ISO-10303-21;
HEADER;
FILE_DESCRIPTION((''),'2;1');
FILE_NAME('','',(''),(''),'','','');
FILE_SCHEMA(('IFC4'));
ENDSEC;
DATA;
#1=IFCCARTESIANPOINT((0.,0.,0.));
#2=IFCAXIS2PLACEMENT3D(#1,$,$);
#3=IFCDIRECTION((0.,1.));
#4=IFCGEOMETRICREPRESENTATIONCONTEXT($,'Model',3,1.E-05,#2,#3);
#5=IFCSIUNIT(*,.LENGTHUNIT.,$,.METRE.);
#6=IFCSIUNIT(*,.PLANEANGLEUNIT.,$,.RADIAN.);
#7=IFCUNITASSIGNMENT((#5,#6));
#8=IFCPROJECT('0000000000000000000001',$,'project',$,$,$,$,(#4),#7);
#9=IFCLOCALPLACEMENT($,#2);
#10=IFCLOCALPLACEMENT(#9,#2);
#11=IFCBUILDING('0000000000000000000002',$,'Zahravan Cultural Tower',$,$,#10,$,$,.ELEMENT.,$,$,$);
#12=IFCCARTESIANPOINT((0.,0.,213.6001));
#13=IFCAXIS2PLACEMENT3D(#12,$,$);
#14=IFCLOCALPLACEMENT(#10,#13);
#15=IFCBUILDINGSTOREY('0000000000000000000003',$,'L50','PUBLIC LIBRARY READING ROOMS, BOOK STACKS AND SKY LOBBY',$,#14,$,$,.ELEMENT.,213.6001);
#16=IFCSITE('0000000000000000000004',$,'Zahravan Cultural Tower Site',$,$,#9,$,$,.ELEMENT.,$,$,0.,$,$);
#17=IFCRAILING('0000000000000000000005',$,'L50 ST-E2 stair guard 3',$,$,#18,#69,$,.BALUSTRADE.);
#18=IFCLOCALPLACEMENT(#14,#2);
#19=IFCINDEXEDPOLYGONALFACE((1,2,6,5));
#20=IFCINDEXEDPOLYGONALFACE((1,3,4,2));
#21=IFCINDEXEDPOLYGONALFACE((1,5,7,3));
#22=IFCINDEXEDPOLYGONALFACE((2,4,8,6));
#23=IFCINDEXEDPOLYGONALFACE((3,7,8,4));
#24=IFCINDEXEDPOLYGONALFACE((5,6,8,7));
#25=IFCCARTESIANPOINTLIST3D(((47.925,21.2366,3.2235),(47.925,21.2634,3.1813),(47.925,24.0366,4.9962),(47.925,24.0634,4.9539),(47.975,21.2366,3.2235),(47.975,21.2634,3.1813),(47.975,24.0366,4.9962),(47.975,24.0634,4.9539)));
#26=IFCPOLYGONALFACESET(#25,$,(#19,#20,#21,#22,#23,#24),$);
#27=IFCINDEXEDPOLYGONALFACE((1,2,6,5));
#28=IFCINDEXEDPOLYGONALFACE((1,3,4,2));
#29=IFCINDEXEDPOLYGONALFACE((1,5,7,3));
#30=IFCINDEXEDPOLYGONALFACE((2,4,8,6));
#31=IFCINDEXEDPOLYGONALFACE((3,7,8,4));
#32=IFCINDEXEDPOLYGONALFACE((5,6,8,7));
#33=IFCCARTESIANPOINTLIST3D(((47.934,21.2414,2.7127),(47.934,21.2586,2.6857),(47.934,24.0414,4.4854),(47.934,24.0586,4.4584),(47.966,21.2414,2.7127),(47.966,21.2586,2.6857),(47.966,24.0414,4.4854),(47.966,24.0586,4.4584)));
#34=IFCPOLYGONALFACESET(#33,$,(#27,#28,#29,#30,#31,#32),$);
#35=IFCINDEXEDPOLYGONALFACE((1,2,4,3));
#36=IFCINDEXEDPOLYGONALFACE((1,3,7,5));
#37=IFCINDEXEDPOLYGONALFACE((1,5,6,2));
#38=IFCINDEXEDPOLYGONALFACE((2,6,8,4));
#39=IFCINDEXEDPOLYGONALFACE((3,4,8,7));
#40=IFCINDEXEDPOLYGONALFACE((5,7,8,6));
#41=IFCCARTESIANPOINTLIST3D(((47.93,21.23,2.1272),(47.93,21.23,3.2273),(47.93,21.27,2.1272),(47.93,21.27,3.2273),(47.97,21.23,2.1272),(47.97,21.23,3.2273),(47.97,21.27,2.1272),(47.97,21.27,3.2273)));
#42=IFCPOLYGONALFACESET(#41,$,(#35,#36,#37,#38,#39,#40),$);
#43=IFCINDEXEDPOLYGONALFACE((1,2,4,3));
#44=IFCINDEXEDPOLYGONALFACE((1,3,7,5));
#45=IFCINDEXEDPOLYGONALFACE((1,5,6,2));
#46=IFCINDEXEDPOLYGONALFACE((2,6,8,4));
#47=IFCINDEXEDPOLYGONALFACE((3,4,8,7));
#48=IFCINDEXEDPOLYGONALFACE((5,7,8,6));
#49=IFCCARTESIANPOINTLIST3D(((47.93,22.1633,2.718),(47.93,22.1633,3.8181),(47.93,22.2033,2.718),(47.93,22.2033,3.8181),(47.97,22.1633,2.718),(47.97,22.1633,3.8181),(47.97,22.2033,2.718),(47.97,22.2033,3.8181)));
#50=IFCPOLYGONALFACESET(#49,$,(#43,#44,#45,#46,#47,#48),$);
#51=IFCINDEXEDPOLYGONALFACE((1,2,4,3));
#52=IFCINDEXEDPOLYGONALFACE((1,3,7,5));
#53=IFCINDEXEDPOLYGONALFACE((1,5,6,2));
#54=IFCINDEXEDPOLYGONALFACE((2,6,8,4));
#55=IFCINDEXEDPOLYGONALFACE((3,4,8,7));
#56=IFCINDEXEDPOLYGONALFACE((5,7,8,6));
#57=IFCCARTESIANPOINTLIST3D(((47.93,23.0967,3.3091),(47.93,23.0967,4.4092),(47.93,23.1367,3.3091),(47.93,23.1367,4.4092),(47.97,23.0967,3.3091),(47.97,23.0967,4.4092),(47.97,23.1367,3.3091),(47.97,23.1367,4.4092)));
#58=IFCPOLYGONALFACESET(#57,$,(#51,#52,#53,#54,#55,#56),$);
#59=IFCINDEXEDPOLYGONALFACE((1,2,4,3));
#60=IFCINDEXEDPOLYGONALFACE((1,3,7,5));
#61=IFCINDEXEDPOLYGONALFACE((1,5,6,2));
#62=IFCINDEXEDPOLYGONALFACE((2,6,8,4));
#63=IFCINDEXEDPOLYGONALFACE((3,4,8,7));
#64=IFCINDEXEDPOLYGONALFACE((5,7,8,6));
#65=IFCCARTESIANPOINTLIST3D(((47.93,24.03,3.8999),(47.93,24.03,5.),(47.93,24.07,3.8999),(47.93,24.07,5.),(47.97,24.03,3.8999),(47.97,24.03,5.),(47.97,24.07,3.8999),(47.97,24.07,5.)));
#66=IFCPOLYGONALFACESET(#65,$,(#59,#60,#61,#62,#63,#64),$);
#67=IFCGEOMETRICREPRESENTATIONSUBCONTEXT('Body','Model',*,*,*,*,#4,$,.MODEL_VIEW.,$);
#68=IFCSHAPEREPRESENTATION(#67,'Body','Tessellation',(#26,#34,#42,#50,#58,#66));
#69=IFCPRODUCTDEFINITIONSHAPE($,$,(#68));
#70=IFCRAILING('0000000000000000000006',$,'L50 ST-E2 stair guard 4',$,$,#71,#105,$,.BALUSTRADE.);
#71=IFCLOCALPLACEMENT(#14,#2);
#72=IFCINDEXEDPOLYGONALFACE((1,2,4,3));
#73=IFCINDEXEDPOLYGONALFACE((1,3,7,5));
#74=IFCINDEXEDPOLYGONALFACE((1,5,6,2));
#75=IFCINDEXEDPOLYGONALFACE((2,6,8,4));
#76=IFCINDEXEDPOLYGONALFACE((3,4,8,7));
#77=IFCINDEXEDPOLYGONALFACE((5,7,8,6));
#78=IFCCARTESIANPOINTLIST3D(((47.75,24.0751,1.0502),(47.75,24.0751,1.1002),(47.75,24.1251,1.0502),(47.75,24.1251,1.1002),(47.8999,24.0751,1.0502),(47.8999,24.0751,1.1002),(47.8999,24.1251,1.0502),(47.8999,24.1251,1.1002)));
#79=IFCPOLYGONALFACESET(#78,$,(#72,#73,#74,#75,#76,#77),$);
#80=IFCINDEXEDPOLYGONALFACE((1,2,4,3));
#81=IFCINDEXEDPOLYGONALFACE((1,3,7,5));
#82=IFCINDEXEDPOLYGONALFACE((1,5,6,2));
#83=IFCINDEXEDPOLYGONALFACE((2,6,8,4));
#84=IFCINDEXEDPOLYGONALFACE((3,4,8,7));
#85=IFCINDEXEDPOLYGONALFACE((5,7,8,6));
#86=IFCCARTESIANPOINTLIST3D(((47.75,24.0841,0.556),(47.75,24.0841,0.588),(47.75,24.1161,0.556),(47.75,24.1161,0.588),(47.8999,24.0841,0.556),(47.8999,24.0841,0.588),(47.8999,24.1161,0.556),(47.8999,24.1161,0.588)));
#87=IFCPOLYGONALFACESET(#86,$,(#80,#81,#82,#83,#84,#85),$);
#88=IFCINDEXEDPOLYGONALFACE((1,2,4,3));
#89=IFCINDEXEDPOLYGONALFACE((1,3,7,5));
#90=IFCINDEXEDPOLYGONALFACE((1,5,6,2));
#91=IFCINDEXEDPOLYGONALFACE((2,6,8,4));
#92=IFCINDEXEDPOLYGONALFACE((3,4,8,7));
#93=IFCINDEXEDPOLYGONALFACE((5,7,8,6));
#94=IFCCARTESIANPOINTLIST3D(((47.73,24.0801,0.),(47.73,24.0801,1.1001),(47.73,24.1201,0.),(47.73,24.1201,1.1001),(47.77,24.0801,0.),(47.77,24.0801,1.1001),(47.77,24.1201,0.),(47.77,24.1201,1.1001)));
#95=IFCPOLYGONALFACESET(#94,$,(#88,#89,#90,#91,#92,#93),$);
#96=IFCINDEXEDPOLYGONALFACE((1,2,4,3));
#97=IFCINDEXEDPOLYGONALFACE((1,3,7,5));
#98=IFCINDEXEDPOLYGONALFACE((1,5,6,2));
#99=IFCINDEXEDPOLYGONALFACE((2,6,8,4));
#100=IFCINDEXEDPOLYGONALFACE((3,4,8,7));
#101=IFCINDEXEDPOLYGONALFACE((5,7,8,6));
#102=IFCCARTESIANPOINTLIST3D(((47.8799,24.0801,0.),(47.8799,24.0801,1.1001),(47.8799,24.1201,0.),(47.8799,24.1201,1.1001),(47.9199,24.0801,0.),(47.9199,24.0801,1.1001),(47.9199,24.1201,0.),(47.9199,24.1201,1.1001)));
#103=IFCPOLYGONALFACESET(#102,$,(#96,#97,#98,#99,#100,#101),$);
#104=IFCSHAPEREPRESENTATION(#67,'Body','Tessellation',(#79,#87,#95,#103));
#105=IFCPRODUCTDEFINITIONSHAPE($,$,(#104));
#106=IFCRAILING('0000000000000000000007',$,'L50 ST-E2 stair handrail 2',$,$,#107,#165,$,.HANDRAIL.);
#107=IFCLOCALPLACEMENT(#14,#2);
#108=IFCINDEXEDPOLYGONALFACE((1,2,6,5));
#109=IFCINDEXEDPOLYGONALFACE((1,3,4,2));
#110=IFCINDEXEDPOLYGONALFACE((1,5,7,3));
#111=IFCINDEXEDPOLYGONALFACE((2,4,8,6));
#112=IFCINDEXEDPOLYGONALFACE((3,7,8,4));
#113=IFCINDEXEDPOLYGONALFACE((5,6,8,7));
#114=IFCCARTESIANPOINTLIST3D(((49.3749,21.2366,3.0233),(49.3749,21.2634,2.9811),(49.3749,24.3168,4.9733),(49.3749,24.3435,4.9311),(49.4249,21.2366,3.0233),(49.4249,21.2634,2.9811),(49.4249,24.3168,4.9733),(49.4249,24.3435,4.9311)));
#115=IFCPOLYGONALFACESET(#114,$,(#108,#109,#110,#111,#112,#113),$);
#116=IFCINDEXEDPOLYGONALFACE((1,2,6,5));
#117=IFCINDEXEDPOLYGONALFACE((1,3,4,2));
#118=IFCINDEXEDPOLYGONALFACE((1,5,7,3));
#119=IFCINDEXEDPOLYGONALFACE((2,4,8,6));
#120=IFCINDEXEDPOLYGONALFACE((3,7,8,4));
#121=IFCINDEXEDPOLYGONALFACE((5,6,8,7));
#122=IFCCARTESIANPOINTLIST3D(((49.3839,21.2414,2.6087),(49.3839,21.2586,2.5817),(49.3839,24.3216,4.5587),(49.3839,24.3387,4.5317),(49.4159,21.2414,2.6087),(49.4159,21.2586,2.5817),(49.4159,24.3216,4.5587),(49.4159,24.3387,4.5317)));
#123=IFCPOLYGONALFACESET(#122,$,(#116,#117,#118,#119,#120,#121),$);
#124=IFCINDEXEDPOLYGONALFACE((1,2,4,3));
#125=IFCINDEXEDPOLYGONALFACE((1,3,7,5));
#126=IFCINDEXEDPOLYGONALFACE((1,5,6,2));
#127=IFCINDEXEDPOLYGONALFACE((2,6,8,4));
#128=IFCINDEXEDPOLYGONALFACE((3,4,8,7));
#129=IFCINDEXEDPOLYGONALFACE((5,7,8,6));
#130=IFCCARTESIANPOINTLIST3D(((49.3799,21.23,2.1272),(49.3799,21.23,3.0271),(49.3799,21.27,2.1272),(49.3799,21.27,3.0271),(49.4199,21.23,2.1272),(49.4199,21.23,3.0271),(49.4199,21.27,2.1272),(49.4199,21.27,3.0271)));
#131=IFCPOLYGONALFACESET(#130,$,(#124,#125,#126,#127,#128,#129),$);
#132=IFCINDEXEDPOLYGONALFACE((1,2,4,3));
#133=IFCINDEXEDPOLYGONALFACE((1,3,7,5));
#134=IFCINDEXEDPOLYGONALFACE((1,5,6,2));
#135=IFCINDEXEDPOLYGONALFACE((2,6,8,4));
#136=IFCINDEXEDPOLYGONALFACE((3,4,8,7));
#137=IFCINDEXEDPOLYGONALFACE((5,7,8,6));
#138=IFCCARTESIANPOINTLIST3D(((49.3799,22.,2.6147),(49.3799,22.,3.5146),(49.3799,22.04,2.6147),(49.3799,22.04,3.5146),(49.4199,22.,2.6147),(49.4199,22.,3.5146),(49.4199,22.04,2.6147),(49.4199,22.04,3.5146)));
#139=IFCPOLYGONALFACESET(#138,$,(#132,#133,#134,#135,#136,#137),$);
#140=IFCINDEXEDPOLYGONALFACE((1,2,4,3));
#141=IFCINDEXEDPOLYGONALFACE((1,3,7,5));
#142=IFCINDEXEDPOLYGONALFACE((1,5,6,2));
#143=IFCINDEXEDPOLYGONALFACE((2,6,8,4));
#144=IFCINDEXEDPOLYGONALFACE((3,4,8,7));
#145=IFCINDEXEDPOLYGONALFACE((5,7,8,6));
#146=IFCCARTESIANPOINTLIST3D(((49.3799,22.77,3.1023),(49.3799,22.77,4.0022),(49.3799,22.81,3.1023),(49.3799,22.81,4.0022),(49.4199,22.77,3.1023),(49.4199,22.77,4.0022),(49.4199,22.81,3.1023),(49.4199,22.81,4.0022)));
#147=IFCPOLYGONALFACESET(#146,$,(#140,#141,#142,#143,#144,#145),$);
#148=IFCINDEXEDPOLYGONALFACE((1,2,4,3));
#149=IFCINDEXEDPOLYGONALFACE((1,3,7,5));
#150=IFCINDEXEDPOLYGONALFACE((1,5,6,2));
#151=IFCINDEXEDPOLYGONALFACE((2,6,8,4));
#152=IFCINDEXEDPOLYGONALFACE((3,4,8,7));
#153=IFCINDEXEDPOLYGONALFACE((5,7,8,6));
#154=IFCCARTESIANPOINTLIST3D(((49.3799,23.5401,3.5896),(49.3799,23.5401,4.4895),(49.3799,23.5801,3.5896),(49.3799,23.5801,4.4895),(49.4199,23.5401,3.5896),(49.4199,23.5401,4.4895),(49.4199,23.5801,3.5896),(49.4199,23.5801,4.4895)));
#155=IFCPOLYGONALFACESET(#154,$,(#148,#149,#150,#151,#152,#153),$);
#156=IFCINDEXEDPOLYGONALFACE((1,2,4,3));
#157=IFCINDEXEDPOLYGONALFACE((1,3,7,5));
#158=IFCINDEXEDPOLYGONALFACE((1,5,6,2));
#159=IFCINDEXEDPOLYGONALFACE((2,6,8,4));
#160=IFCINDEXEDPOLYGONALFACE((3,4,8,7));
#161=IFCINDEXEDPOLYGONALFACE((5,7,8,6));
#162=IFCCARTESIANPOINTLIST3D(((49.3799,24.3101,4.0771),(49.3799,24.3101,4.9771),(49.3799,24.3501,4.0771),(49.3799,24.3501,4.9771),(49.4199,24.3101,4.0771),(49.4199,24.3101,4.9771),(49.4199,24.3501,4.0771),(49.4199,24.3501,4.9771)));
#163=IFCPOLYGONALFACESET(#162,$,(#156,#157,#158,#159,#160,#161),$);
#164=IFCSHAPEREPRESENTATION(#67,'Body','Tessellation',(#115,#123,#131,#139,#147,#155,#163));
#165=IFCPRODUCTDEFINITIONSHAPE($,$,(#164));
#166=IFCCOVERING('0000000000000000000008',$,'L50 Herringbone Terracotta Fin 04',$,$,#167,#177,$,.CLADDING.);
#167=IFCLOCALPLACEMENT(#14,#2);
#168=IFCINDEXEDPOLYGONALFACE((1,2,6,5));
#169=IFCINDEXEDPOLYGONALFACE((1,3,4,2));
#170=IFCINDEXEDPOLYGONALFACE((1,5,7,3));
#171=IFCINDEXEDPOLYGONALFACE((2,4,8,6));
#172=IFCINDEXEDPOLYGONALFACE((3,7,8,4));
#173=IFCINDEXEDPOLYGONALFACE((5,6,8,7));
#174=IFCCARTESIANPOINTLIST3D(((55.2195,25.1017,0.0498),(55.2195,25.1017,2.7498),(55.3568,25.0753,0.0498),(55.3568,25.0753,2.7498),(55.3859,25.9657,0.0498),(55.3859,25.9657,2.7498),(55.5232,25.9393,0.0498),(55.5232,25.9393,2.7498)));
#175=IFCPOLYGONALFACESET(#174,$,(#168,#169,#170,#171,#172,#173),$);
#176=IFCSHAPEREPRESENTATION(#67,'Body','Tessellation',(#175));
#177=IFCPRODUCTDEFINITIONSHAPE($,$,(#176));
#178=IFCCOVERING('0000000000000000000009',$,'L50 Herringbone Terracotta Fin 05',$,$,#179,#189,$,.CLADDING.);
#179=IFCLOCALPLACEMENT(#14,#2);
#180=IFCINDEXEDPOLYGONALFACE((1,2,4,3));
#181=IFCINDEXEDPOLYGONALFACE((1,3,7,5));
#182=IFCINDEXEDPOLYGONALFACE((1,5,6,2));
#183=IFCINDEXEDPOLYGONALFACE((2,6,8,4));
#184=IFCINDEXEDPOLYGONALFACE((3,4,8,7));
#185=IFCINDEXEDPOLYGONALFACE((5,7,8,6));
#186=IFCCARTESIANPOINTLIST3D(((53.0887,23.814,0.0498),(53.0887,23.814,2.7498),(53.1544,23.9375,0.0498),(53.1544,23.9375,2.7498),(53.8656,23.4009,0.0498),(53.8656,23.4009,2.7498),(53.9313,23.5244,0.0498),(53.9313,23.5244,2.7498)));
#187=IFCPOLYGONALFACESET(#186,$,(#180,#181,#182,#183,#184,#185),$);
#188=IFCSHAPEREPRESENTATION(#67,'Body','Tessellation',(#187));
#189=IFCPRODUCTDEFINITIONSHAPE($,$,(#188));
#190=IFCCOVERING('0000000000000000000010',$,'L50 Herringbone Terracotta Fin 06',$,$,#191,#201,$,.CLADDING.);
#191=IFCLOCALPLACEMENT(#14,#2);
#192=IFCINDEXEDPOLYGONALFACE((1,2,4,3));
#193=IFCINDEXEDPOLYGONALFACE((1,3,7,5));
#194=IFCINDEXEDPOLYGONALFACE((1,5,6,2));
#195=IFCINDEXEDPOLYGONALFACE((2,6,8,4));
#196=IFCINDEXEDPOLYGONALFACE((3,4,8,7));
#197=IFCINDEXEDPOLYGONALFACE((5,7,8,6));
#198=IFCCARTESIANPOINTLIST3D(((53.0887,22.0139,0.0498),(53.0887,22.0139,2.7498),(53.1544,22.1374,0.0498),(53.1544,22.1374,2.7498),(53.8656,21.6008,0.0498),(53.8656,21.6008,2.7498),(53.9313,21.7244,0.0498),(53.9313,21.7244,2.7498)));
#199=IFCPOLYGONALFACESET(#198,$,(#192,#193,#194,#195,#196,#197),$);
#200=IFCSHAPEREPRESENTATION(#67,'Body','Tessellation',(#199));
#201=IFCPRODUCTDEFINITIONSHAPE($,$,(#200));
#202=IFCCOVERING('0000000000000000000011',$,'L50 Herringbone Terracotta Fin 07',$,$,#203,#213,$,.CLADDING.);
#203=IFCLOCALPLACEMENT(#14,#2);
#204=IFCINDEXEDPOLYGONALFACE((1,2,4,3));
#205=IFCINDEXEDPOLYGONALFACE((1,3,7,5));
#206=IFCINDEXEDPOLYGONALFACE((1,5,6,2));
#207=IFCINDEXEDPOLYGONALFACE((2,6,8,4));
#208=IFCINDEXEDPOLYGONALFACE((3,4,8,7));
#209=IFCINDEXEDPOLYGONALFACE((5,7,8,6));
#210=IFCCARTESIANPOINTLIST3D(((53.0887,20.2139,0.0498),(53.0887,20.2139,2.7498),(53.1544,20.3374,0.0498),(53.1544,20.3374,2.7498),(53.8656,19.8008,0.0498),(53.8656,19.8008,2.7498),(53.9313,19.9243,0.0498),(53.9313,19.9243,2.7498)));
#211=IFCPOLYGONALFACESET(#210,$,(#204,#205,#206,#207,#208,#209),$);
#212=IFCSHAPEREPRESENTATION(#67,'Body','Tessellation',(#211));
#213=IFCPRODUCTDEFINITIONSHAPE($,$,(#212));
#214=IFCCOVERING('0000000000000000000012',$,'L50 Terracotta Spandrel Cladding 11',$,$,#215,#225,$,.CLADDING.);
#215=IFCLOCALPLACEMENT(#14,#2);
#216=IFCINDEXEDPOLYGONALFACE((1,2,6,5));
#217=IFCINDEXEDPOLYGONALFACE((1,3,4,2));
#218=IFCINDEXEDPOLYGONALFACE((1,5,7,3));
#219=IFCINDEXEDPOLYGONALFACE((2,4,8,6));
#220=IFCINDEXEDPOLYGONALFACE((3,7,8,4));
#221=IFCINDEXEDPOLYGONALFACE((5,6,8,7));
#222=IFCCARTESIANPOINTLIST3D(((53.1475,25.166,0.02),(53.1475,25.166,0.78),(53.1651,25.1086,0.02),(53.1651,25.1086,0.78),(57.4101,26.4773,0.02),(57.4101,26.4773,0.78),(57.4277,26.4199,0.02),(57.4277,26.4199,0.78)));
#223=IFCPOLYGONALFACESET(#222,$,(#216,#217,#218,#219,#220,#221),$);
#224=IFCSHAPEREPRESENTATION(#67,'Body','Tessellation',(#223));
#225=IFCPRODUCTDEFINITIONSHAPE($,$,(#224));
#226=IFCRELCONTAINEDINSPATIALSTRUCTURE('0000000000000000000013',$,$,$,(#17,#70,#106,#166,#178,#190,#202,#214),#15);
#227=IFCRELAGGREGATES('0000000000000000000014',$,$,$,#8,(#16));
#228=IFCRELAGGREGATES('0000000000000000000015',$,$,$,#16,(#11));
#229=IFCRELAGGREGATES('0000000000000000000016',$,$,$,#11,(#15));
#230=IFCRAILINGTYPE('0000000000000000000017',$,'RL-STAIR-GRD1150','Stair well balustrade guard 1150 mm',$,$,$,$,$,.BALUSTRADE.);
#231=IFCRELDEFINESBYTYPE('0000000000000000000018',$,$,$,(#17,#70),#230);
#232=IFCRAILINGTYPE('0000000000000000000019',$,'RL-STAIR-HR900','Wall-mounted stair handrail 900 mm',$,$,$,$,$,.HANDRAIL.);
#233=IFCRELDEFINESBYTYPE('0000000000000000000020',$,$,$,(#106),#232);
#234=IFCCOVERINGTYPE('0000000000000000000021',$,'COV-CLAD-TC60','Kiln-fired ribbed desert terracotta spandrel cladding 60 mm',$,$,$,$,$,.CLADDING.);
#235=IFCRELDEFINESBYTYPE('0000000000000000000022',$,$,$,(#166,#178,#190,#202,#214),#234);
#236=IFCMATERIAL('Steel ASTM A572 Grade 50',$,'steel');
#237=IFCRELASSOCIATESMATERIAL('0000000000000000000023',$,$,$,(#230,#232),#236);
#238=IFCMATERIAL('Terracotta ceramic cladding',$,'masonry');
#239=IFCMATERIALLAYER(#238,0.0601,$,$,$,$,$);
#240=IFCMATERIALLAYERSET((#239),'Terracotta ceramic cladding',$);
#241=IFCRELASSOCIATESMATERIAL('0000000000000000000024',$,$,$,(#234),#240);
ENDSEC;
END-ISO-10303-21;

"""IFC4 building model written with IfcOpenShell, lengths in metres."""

from ifc_helpers import new_model, si_unit, direction, frame, origin, origin_2d, place, context, subcontext, project, spatial, rectangle, extrude, source, transform, mapped, material, layer, layer_set, type_object, element, save


model = new_model("IFC4")

# Units and contexts
model_context = context("Model", 3, precision=1e-05, world=origin(), true_north=direction((0.0, 1.0)))
body_context = subcontext(model_context, "Body", "Model", "MODEL_VIEW")
ifc_project = project(units=[si_unit("LENGTHUNIT", "METRE"), si_unit("PLANEANGLEUNIT", "RADIAN")], contexts=[model_context])

# Site, building, storey
site_placement = place(None, origin())
site = spatial("IfcSite", under=ifc_project, at=site_placement, Name="Zahravan Cultural Tower Site", CompositionType="ELEMENT", RefElevation=0.0)
building_placement = place(site_placement, origin())
building = spatial("IfcBuilding", under=site, at=building_placement, Name="Zahravan Cultural Tower", CompositionType="ELEMENT")
storey_placement = place(building_placement, frame((0.0, 0.0, 213.6001)))
storey = spatial("IfcBuildingStorey", under=building, at=storey_placement, Name="L50", Description="PUBLIC LIBRARY READING ROOMS, BOOK STACKS AND SKY LOBBY", CompositionType="ELEMENT", Elevation=213.6001)

# Railings
ifc_material_1 = material(Name="Steel ASTM A572 Grade 50", Category="steel")
railing_type_1 = type_object("IfcRailingType", Name="RL-STAIR-GRD1150", Description="Stair well balustrade guard 1150 mm", PredefinedType="BALUSTRADE", material=ifc_material_1)
railing_1_placement = place(storey_placement, frame((47.95, 21.25, 2.1272)))
element("IfcRailing", 1, at=railing_1_placement, inside=storey, type_object=railing_type_1, Name="L50 ST-E2 stair guard 3", PredefinedType="BALUSTRADE", context=body_context, shape_type="SweptSolid", body=[
    extrude(rectangle(XDim=0.05, YDim=0.05, at=origin_2d()), frame((0.0, 0.0, 1.0752), z_axis=(0.0, 0.844909, 0.53491), x_axis=(-1.0, 0.0, 0.0)), (0.0, 0.0, 1.0), 3.314),
    extrude(rectangle(XDim=0.032, YDim=0.032, at=origin_2d()), frame((0.0, 0.0, 0.572), z_axis=(0.0, 0.844909, 0.53491), x_axis=(-1.0, 0.0, 0.0)), (0.0, 0.0, 1.0), 3.314),
    extrude(rectangle(XDim=0.04, YDim=0.04, at=origin_2d()), origin(), (0.0, 0.0, 1.0), 1.1001),
    extrude(rectangle(XDim=0.04, YDim=0.04, at=origin_2d()), frame((0.0, 0.9333, 0.5908)), (0.0, 0.0, 1.0), 1.1001),
    extrude(rectangle(XDim=0.04, YDim=0.04, at=origin_2d()), frame((0.0, 1.8667, 1.1819)), (0.0, 0.0, 1.0), 1.1001),
    extrude(rectangle(XDim=0.04, YDim=0.04, at=origin_2d()), frame((0.0, 2.8, 1.7727)), (0.0, 0.0, 1.0), 1.1001),
])
railing_2_placement = place(storey_placement, frame((47.75, 24.1001, 0.0)))
element("IfcRailing", 2, at=railing_2_placement, inside=storey, type_object=railing_type_1, Name="L50 ST-E2 stair guard 4", PredefinedType="BALUSTRADE", context=body_context, shape_type="SweptSolid", body=[
    extrude(rectangle(XDim=0.05, YDim=0.05, at=origin_2d()), frame((0.0, 0.0, 1.0752), z_axis=(1.0, 0.0, 0.0), x_axis=(0.0, 1.0, 0.0)), (0.0, 0.0, 1.0), 0.1499),
    extrude(rectangle(XDim=0.032, YDim=0.032, at=origin_2d()), frame((0.0, 0.0, 0.572), z_axis=(1.0, 0.0, 0.0), x_axis=(0.0, 1.0, 0.0)), (0.0, 0.0, 1.0), 0.1499),
    extrude(rectangle(XDim=0.04, YDim=0.04, at=origin_2d()), origin(), (0.0, 0.0, 1.0), 1.1001),
    extrude(rectangle(XDim=0.04, YDim=0.04, at=origin_2d()), frame((0.1499, 0.0, 0.0)), (0.0, 0.0, 1.0), 1.1001),
])
railing_type_2 = type_object("IfcRailingType", Name="RL-STAIR-HR900", Description="Wall-mounted stair handrail 900 mm", PredefinedType="HANDRAIL", material=ifc_material_1)
railing_3_placement = place(storey_placement, frame((49.3999, 21.25, 2.1272)))
element("IfcRailing", 3, at=railing_3_placement, inside=storey, type_object=railing_type_2, Name="L50 ST-E2 stair handrail 2", PredefinedType="HANDRAIL", context=body_context, shape_type="SweptSolid", body=[
    extrude(rectangle(XDim=0.05, YDim=0.05, at=origin_2d()), frame((0.0, 0.0, 0.875), z_axis=(0.0, 0.844914, 0.534902), x_axis=(-1.0, 0.0, 0.0)), (0.0, 0.0, 1.0), 3.6455),
    extrude(rectangle(XDim=0.032, YDim=0.032, at=origin_2d()), frame((0.0, 0.0, 0.468), z_axis=(0.0, 0.844914, 0.534902), x_axis=(-1.0, 0.0, 0.0)), (0.0, 0.0, 1.0), 3.6455),
    extrude(rectangle(XDim=0.04, YDim=0.04, at=origin_2d()), origin(), (0.0, 0.0, 1.0), 0.8999),
    extrude(rectangle(XDim=0.04, YDim=0.04, at=origin_2d()), frame((0.0, 0.77, 0.4875)), (0.0, 0.0, 1.0), 0.8999),
    extrude(rectangle(XDim=0.04, YDim=0.04, at=origin_2d()), frame((0.0, 1.54, 0.9751)), (0.0, 0.0, 1.0), 0.8999),
    extrude(rectangle(XDim=0.04, YDim=0.04, at=origin_2d()), frame((0.0, 2.3101, 1.4624)), (0.0, 0.0, 1.0), 0.8999),
    extrude(rectangle(XDim=0.04, YDim=0.04, at=origin_2d()), frame((0.0, 3.0801, 1.95)), (0.0, 0.0, 1.0), 0.8999),
])

# Coverings
ifc_material_2 = material(Name="Terracotta ceramic cladding", Category="masonry")
ifc_layer_1 = layer(ifc_material_2, 0.0601)
ifc_layer_set_1 = layer_set([ifc_layer_1], Name="Terracotta ceramic cladding")
covering_type = type_object("IfcCoveringType", Name="COV-CLAD-TC60", Description="Kiln-fired ribbed desert terracotta spandrel cladding 60 mm", PredefinedType="CLADDING", material=ifc_layer_set_1)
shared_shape_1 = source(origin(), body_context, "Body", "SweptSolid", [
    extrude(rectangle(XDim=0.8799, YDim=0.1399, at=origin_2d()), origin(), (0.0, 0.0, 1.0), 2.7),
])
for number, where, z_axis, x_axis, name in (
    (4, (55.3713, 25.5205, 0.0498), (0.0, 0.0, 1.0), (-0.189113, -0.981955, 0.0), "L50 Herringbone Terracotta Fin 04"),
    (5, (53.51, 23.6692, 0.0498), (0.0, 0.0, 1.0), (0.882948, -0.469472, 0.0), "L50 Herringbone Terracotta Fin 05"),
    (6, (53.51, 21.8691, 0.0498), (0.0, 0.0, 1.0), (0.882948, -0.469472, 0.0), "L50 Herringbone Terracotta Fin 06"),
    (7, (53.51, 20.0691, 0.0498), (0.0, 0.0, 1.0), (0.882948, -0.469472, 0.0), "L50 Herringbone Terracotta Fin 07"),
):
    element("IfcCovering", number, at=place(storey_placement, frame(where, z_axis=z_axis, x_axis=x_axis)), inside=storey, type_object=covering_type, Name=name, PredefinedType="CLADDING", context=body_context, shape_type="MappedRepresentation", body=[
        mapped(shared_shape_1, transform((0.0, 0.0, 0.0), x_axis=(1.0, 0.0, 0.0), y_axis=(0.0, 1.0, 0.0), z_axis=(0.0, 0.0, 1.0), scale=1.0)),
    ])
shared_shape_2 = source(origin(), body_context, "Body", "SweptSolid", [
    extrude(rectangle(XDim=4.4597, YDim=0.0601, at=origin_2d()), origin(), (0.0, 0.0, 1.0), 0.76),
])
covering_1_placement = place(storey_placement, frame((55.2876, 25.793, 0.02), z_axis=(0.0, 0.0, 1.0), x_axis=(-0.955798, -0.294024, 0.0)))
element("IfcCovering", 8, at=covering_1_placement, inside=storey, type_object=covering_type, Name="L50 Terracotta Spandrel Cladding 11", PredefinedType="CLADDING", context=body_context, shape_type="MappedRepresentation", body=[
    mapped(shared_shape_2, transform((0.0, 0.0, 0.0), x_axis=(1.0, 0.0, 0.0), y_axis=(0.0, 1.0, 0.0), z_axis=(0.0, 0.0, 1.0), scale=1.0)),
])

save(model, "model.ifc")
